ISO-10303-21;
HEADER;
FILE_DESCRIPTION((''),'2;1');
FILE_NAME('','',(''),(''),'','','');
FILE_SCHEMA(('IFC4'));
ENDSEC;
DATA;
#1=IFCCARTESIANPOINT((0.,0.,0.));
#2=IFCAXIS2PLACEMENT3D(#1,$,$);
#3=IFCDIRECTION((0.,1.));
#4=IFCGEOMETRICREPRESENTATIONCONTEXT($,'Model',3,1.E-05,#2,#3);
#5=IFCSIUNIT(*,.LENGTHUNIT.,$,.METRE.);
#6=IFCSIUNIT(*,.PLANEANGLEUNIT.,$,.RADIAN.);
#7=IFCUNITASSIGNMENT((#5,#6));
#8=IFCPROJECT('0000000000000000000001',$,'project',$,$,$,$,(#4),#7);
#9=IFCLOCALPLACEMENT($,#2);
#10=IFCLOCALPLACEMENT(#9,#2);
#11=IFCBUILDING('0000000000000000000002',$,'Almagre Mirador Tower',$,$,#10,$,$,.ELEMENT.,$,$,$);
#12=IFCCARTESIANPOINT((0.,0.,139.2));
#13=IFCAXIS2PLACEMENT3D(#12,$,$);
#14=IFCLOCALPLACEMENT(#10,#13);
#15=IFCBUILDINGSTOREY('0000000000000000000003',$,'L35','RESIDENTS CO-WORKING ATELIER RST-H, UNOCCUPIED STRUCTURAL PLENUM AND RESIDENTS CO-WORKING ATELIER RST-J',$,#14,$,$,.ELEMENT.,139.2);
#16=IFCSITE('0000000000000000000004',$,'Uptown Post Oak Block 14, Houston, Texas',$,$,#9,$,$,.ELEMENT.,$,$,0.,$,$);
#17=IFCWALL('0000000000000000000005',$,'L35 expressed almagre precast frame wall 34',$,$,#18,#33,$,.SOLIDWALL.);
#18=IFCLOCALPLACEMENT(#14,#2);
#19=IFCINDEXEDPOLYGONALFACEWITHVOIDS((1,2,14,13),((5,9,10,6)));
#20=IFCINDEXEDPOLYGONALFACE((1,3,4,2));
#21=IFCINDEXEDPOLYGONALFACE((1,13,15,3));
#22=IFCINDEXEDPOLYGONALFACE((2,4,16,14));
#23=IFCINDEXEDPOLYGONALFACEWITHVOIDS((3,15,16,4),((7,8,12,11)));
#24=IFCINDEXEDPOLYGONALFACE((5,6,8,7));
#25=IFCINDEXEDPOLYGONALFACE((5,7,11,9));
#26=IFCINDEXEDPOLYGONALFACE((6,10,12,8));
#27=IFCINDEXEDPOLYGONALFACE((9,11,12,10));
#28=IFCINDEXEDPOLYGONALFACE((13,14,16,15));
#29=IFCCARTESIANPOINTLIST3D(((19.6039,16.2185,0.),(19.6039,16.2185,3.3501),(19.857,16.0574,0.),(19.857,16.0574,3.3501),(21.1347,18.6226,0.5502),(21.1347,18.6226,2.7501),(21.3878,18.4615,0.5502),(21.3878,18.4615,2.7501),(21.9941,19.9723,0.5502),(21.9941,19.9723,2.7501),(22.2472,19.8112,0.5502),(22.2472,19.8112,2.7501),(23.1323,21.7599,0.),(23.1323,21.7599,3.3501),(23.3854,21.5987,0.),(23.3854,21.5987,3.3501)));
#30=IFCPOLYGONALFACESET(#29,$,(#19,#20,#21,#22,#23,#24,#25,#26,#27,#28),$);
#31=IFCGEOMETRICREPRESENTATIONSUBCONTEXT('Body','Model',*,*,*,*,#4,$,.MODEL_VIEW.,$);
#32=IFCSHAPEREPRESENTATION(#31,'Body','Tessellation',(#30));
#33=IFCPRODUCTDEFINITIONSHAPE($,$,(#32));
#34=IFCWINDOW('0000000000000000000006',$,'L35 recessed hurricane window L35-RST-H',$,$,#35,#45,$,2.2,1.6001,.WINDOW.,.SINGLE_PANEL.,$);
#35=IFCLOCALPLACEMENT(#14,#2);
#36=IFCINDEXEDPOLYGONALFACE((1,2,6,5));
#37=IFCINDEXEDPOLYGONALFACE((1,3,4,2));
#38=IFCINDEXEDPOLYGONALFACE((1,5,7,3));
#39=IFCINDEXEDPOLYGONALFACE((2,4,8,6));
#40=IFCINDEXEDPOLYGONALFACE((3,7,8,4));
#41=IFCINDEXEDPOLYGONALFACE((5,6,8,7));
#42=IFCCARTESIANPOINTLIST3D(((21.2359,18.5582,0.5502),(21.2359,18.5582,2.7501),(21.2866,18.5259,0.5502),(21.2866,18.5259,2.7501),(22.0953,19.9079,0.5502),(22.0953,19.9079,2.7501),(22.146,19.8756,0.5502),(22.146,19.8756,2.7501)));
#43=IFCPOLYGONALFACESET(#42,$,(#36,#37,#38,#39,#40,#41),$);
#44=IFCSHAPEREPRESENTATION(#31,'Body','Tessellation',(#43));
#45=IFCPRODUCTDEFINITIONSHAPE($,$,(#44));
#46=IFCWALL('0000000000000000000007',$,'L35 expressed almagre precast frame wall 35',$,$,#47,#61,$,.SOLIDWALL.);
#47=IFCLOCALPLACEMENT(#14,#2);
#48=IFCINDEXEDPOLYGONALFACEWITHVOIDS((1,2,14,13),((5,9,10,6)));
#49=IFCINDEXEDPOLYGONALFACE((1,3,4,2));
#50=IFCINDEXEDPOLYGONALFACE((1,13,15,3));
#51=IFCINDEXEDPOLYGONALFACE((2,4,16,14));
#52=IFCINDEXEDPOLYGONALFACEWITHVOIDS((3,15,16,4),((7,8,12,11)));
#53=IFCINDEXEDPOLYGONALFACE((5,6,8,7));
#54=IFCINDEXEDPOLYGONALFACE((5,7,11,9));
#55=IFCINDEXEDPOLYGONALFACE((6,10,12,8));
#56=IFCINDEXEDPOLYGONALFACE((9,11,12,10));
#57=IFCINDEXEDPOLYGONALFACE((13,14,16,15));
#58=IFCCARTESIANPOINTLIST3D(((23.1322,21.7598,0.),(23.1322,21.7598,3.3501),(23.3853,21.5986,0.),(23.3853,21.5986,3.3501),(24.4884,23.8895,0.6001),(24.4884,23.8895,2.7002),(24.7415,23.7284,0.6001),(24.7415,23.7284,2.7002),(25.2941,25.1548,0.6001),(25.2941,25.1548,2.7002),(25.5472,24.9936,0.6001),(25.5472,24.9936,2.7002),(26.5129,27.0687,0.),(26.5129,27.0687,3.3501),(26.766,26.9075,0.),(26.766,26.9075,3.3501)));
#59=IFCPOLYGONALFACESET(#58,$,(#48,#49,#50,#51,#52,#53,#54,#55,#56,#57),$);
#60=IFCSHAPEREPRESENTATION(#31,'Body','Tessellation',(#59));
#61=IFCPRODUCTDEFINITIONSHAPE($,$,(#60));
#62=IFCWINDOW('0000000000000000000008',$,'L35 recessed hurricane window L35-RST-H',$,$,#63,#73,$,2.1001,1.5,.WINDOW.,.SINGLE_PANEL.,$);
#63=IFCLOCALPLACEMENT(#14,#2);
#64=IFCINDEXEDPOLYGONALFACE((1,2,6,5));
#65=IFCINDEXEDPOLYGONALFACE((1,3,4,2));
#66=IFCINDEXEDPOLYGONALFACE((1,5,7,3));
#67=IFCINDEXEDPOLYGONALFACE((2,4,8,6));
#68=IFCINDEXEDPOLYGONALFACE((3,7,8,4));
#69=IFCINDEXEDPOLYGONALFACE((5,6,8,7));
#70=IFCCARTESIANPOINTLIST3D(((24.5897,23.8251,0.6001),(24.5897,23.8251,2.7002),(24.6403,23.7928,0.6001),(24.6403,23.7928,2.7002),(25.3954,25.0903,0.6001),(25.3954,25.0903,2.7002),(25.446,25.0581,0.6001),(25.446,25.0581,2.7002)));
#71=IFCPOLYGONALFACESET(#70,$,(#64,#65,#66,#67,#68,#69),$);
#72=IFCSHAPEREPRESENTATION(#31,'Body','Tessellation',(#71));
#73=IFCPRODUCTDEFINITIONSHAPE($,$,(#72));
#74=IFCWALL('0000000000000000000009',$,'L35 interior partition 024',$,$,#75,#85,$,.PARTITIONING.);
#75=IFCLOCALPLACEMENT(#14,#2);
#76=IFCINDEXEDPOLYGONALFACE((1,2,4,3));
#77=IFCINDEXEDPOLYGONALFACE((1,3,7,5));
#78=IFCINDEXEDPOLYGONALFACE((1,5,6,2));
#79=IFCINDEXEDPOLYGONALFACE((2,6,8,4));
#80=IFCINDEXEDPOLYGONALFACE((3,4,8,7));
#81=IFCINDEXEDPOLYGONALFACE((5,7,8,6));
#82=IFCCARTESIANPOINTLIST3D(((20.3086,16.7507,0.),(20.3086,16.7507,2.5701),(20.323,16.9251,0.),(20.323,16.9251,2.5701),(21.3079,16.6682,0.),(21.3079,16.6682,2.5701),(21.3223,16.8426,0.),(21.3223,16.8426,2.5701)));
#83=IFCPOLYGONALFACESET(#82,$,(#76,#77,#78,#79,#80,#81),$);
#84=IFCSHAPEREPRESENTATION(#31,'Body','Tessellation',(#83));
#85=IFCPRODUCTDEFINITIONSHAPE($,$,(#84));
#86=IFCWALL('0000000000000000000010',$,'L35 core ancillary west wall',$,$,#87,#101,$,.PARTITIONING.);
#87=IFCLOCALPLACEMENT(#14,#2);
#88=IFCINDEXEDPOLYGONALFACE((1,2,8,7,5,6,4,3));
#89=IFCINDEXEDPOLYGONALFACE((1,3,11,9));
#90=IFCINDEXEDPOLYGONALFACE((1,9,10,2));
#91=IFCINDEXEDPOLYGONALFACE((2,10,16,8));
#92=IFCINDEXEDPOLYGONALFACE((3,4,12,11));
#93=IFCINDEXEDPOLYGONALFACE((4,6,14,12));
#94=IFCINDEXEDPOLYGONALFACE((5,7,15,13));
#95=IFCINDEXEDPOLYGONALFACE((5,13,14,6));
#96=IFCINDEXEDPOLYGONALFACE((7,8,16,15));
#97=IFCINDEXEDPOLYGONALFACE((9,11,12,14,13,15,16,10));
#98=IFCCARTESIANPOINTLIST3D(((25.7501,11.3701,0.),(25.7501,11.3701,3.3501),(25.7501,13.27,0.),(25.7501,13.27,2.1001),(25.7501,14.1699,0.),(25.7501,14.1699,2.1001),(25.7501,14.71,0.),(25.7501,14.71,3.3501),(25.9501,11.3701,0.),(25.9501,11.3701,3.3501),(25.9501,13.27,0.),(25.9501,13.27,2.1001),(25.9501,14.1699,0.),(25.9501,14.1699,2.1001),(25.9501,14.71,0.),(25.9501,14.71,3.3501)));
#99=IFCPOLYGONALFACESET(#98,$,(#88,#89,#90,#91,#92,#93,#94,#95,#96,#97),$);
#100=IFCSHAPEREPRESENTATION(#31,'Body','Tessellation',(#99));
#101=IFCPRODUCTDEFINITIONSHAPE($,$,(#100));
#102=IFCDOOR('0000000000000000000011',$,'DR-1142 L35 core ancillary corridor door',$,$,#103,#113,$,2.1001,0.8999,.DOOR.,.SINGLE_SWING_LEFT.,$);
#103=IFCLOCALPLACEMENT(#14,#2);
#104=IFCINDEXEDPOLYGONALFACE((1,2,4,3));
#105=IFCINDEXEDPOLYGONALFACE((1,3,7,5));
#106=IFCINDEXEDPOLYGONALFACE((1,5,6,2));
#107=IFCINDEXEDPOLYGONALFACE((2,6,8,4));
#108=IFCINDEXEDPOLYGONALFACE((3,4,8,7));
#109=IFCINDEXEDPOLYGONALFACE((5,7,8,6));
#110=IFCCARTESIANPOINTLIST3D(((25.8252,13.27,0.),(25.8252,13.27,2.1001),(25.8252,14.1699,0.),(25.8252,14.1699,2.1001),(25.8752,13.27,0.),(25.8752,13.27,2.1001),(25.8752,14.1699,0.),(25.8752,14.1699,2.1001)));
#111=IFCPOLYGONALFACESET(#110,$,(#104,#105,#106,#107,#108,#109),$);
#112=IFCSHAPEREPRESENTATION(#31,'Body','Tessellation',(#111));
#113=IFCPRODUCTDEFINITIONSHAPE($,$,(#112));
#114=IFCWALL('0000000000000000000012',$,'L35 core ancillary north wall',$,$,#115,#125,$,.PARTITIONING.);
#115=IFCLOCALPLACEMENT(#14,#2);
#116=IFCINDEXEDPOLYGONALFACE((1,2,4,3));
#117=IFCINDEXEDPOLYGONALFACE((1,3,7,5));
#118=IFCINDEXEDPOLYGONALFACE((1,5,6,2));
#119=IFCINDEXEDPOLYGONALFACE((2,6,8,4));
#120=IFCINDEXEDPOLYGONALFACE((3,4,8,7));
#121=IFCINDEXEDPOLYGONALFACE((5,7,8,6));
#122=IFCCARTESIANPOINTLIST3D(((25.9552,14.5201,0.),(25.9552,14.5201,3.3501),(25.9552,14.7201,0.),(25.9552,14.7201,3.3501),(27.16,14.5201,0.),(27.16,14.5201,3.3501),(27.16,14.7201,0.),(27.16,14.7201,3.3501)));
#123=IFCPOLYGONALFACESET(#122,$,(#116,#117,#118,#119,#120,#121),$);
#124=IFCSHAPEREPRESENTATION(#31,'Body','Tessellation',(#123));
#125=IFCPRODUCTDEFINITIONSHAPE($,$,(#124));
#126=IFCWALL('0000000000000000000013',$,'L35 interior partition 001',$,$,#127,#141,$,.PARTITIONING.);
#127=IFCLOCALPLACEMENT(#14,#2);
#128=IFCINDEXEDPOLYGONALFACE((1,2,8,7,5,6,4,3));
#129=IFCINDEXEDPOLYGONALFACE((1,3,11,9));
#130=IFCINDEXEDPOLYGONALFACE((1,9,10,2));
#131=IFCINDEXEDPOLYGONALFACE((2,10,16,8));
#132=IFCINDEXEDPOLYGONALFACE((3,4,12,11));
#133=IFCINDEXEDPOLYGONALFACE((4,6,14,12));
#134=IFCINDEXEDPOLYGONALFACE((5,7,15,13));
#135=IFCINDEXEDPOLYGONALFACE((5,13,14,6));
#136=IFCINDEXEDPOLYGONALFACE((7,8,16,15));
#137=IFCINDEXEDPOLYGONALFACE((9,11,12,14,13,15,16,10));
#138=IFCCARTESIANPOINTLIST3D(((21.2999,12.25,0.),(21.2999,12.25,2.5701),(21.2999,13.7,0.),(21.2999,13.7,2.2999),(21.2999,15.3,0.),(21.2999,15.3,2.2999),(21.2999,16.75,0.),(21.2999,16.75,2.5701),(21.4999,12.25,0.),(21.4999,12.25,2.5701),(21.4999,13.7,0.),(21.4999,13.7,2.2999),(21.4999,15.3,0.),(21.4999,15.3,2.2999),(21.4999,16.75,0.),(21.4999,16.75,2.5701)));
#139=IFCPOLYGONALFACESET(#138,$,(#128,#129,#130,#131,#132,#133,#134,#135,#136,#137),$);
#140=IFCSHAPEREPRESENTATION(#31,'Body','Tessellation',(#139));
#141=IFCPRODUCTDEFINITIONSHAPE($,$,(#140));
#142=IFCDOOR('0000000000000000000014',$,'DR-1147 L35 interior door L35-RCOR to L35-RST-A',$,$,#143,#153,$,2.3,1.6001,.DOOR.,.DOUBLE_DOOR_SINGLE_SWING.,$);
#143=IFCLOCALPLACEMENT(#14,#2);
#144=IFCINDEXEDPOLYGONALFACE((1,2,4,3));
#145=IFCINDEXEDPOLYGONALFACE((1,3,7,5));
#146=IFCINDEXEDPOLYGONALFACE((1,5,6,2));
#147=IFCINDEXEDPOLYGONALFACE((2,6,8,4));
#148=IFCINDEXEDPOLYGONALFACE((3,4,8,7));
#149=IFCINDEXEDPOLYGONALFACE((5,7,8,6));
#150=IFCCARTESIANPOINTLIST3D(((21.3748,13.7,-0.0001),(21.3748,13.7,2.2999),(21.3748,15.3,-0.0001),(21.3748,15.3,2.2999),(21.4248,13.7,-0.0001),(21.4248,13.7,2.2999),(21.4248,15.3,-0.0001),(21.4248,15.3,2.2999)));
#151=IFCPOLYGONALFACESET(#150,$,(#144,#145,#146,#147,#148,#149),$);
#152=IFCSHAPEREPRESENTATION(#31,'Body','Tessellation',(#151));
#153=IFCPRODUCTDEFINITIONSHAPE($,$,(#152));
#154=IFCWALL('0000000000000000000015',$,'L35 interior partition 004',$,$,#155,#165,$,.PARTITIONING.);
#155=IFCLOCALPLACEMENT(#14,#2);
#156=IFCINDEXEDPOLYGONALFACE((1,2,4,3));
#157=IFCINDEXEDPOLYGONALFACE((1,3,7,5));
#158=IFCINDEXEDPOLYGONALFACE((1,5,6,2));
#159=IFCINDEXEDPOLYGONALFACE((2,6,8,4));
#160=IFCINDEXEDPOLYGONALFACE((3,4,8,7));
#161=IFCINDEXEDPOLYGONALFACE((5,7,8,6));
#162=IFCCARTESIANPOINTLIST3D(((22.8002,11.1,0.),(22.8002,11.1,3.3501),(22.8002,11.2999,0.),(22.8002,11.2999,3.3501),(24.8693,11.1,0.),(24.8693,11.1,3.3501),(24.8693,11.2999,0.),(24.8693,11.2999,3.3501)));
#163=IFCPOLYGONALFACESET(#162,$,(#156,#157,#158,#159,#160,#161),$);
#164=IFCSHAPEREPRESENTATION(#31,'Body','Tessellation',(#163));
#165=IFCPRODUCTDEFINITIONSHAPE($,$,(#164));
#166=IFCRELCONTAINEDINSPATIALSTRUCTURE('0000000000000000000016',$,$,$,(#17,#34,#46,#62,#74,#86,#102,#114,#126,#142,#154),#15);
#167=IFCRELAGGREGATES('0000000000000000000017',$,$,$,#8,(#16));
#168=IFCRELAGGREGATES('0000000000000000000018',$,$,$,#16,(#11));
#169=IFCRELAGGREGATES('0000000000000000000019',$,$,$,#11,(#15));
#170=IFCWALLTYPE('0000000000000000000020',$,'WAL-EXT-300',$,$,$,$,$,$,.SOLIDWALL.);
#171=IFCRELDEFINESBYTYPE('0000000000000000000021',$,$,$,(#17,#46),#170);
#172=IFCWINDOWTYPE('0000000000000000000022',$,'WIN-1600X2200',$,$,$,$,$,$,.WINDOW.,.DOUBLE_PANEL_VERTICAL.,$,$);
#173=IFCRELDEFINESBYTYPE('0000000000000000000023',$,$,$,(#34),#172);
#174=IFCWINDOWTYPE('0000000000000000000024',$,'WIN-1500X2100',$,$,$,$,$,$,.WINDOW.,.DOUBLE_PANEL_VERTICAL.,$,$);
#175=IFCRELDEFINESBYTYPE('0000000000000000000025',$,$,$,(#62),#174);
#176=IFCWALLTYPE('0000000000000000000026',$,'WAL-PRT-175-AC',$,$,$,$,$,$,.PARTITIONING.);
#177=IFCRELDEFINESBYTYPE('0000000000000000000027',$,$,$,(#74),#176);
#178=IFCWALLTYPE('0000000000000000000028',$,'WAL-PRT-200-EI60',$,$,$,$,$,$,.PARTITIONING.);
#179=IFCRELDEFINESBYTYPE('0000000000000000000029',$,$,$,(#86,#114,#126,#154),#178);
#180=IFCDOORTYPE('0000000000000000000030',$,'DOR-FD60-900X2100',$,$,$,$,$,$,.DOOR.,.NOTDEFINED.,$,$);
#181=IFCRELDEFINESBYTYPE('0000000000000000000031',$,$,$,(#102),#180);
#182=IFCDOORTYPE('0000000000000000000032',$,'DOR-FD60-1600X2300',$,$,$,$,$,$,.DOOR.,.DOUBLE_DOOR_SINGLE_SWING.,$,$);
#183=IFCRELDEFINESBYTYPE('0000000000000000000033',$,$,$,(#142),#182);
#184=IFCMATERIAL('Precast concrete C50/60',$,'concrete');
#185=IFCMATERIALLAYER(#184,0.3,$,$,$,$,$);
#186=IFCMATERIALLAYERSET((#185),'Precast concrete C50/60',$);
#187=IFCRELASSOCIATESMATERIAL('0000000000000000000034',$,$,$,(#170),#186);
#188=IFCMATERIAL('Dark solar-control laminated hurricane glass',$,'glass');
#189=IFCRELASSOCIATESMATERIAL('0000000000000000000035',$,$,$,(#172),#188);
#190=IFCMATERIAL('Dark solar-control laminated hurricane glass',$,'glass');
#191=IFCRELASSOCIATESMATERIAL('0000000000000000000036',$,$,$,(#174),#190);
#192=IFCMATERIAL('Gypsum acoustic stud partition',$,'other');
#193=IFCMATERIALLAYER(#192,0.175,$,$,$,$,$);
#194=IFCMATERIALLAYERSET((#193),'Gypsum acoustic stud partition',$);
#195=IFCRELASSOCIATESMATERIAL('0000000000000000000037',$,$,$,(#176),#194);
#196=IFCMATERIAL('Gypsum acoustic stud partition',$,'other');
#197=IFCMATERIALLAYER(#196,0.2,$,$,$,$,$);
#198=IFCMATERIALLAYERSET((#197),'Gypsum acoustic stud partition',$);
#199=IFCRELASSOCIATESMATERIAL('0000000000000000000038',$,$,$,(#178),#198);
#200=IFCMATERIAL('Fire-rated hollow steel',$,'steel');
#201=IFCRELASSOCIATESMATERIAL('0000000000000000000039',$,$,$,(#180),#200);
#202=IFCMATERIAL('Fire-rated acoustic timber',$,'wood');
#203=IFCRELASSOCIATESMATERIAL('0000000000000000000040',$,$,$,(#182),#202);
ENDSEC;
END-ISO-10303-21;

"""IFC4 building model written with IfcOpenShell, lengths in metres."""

from ifc_helpers import new_model, si_unit, direction, frame, frame_2d, origin, place, context, subcontext, project, spatial, rectangle, extrude, material, layer, layer_set, type_object, element, fill, save


model = new_model("IFC4")

# Units and contexts
model_context = context("Model", 3, precision=1e-05, world=origin(), true_north=direction((0.0, 1.0)))
body_context = subcontext(model_context, "Body", "Model", "MODEL_VIEW")
ifc_project = project(units=[si_unit("LENGTHUNIT", "METRE"), si_unit("PLANEANGLEUNIT", "RADIAN")], contexts=[model_context])

# Site, building, storey
site_placement = place(None, origin())
site = spatial("IfcSite", under=ifc_project, at=site_placement, Name="Uptown Post Oak Block 14, Houston, Texas", CompositionType="ELEMENT", RefElevation=0.0)
building_placement = place(site_placement, origin())
building = spatial("IfcBuilding", under=site, at=building_placement, Name="Almagre Mirador Tower", CompositionType="ELEMENT")
storey_placement = place(building_placement, frame((0.0, 0.0, 139.2)))
storey = spatial("IfcBuildingStorey", under=building, at=storey_placement, Name="L35", Description="RESIDENTS CO-WORKING ATELIER RST-H, UNOCCUPIED STRUCTURAL PLENUM AND RESIDENTS CO-WORKING ATELIER RST-J", CompositionType="ELEMENT", Elevation=139.2)

# Walls, openings, windows
ifc_material_1 = material(Name="Precast concrete C50/60", Category="concrete")
ifc_layer_1 = layer(ifc_material_1, 0.3)
ifc_layer_set_1 = layer_set([ifc_layer_1], Name="Precast concrete C50/60")
wall_type_1 = type_object("IfcWallType", Name="WAL-EXT-300", PredefinedType="SOLIDWALL", material=ifc_layer_set_1)
wall_1_placement = place(storey_placement, frame((19.7305, 16.1379, 0.0), z_axis=(0.0, 0.0, 1.0), x_axis=(0.537099, 0.843519, 0.0)))
wall_1 = element("IfcWall", 1, at=wall_1_placement, inside=storey, type_object=wall_type_1, Name="L35 expressed almagre precast frame wall 34", PredefinedType="SOLIDWALL", context=body_context, shape_type="SweptSolid", body=[
    extrude(rectangle(XDim=6.5693, YDim=0.3, at=frame_2d((3.2847, 0.0))), origin(), (0.0, 0.0, 1.0), 3.3501),
])
opening_1_placement = place(wall_1_placement, frame((2.8501, 0.0, 0.55)))
opening_1 = element("IfcOpeningElement", 2, at=opening_1_placement, cuts=wall_1, PredefinedType="OPENING", context=body_context, shape_type="SweptSolid", body=[
    extrude(rectangle(XDim=1.6001, YDim=2.2, at=frame_2d((0.8, 1.1001))), frame((0.0, 0.1599, 0.0), z_axis=(0.0, -1.0, 0.0), x_axis=(1.0, 0.0, 0.0)), (0.0, 0.0, 1.0), 0.32),
])
ifc_material_2 = material(Name="Dark solar-control laminated hurricane glass", Category="glass")
window_type_1 = type_object("IfcWindowType", Name="WIN-1600X2200", PartitioningType="DOUBLE_PANEL_VERTICAL", PredefinedType="WINDOW", material=ifc_material_2)
window_1_placement = place(opening_1_placement, origin())
window_1 = element("IfcWindow", 3, at=window_1_placement, inside=storey, type_object=window_type_1, Name="L35 recessed hurricane window L35-RST-H", OverallHeight=2.2, OverallWidth=1.6001, PartitioningType="SINGLE_PANEL", PredefinedType="WINDOW", context=body_context, shape_type="SweptSolid", body=[
    extrude(rectangle(XDim=1.6001, YDim=2.2, at=frame_2d((0.8, 1.1001))), frame((0.0, 0.03, 0.0), z_axis=(0.0, -1.0, 0.0), x_axis=(1.0, 0.0, 0.0)), (0.0, 0.0, 1.0), 0.0601),
])
fill(opening_1, window_1)
wall_2_placement = place(storey_placement, frame((23.2588, 21.6792, 0.0), z_axis=(0.0, 0.0, 1.0), x_axis=(0.537131, 0.843499, 0.0)))
wall_2 = element("IfcWall", 4, at=wall_2_placement, inside=storey, type_object=wall_type_1, Name="L35 expressed almagre precast frame wall 35", PredefinedType="SOLIDWALL", context=body_context, shape_type="SweptSolid", body=[
    extrude(rectangle(XDim=6.2939, YDim=0.3, at=frame_2d((3.147, 0.0))), origin(), (0.0, 0.0, 1.0), 3.3501),
])
opening_2_placement = place(wall_2_placement, frame((2.5249, 0.0, 0.6001)))
opening_2 = element("IfcOpeningElement", 5, at=opening_2_placement, cuts=wall_2, PredefinedType="OPENING", context=body_context, shape_type="SweptSolid", body=[
    extrude(rectangle(XDim=1.5, YDim=2.1001, at=frame_2d((0.75, 1.05))), frame((0.0, 0.1599, 0.0), z_axis=(0.0, -1.0, 0.0), x_axis=(1.0, 0.0, 0.0)), (0.0, 0.0, 1.0), 0.32),
])
ifc_material_3 = material(Name="Dark solar-control laminated hurricane glass", Category="glass")
window_type_2 = type_object("IfcWindowType", Name="WIN-1500X2100", PartitioningType="DOUBLE_PANEL_VERTICAL", PredefinedType="WINDOW", material=ifc_material_3)
window_2_placement = place(opening_2_placement, origin())
window_2 = element("IfcWindow", 6, at=window_2_placement, inside=storey, type_object=window_type_2, Name="L35 recessed hurricane window L35-RST-H", OverallHeight=2.1001, OverallWidth=1.5, PartitioningType="SINGLE_PANEL", PredefinedType="WINDOW", context=body_context, shape_type="SweptSolid", body=[
    extrude(rectangle(XDim=1.5, YDim=2.1001, at=frame_2d((0.75, 1.05))), frame((0.0, 0.03, 0.0), z_axis=(0.0, -1.0, 0.0), x_axis=(1.0, 0.0, 0.0)), (0.0, 0.0, 1.0), 0.0601),
])
fill(opening_2, window_2)

# Wall
ifc_material_4 = material(Name="Gypsum acoustic stud partition", Category="other")
ifc_layer_2 = layer(ifc_material_4, 0.175)
ifc_layer_set_2 = layer_set([ifc_layer_2], Name="Gypsum acoustic stud partition")
wall_type_2 = type_object("IfcWallType", Name="WAL-PRT-175-AC", PredefinedType="PARTITIONING", material=ifc_layer_set_2)
wall_3_placement = place(storey_placement, frame((21.3152, 16.7554, 0.0), z_axis=(0.0, 0.0, 1.0), x_axis=(-0.996608, 0.0823, 0.0)))
element("IfcWall", 7, at=wall_3_placement, inside=storey, type_object=wall_type_2, Name="L35 interior partition 024", PredefinedType="PARTITIONING", context=body_context, shape_type="SweptSolid", body=[
    extrude(rectangle(XDim=1.0027, YDim=0.175, at=frame_2d((0.5015, 0.0))), origin(), (0.0, 0.0, 1.0), 2.5701),
])

# Wall, opening, door
ifc_material_5 = material(Name="Gypsum acoustic stud partition", Category="other")
ifc_layer_3 = layer(ifc_material_5, 0.2)
ifc_layer_set_3 = layer_set([ifc_layer_3], Name="Gypsum acoustic stud partition")
wall_type_3 = type_object("IfcWallType", Name="WAL-PRT-200-EI60", PredefinedType="PARTITIONING", material=ifc_layer_set_3)
wall_4_placement = place(storey_placement, frame((25.8501, 11.3701, 0.0), z_axis=(0.0, 0.0, 1.0), x_axis=(0.0, 1.0, 0.0)))
wall_4 = element("IfcWall", 8, at=wall_4_placement, inside=storey, type_object=wall_type_3, Name="L35 core ancillary west wall", PredefinedType="PARTITIONING", context=body_context, shape_type="SweptSolid", body=[
    extrude(rectangle(XDim=3.3398, YDim=0.2, at=frame_2d((1.6699, 0.0))), origin(), (0.0, 0.0, 1.0), 3.3501),
])
opening_3_placement = place(wall_4_placement, frame((1.8999, 0.0, 0.0)))
opening_3 = element("IfcOpeningElement", 9, at=opening_3_placement, cuts=wall_4, PredefinedType="OPENING", context=body_context, shape_type="SweptSolid", body=[
    extrude(rectangle(XDim=0.8999, YDim=2.1001, at=frame_2d((0.45, 1.05))), frame((0.0, 0.1101, 0.0), z_axis=(0.0, -1.0, 0.0), x_axis=(1.0, 0.0, 0.0)), (0.0, 0.0, 1.0), 0.22),
])
ifc_material_6 = material(Name="Fire-rated hollow steel", Category="steel")
door_type_1 = type_object("IfcDoorType", Name="DOR-FD60-900X2100", OperationType="NOTDEFINED", PredefinedType="DOOR", material=ifc_material_6)
door_1_placement = place(opening_3_placement, origin())
door_1 = element("IfcDoor", 10, at=door_1_placement, inside=storey, type_object=door_type_1, Name="DR-1142 L35 core ancillary corridor door", OperationType="SINGLE_SWING_LEFT", OverallHeight=2.1001, OverallWidth=0.8999, PredefinedType="DOOR", context=body_context, shape_type="SweptSolid", body=[
    extrude(rectangle(XDim=0.8999, YDim=2.1001, at=frame_2d((0.45, 1.05))), frame((0.0, 0.0249, 0.0), z_axis=(0.0, -1.0, 0.0), x_axis=(1.0, 0.0, 0.0)), (0.0, 0.0, 1.0), 0.05),
])
fill(opening_3, door_1)

# Wall
wall_5_placement = place(storey_placement, frame((25.9551, 14.6201, 0.0), z_axis=(0.0, 0.0, 1.0), x_axis=(1.0, 0.0, 0.0)))
element("IfcWall", 11, at=wall_5_placement, inside=storey, type_object=wall_type_3, Name="L35 core ancillary north wall", PredefinedType="PARTITIONING", context=body_context, shape_type="SweptSolid", body=[
    extrude(rectangle(XDim=1.2048, YDim=0.2, at=frame_2d((0.6025, 0.0))), origin(), (0.0, 0.0, 1.0), 3.3501),
])

# Wall, opening, door
wall_6_placement = place(storey_placement, frame((21.3999, 16.75, 0.0), z_axis=(0.0, 0.0, 1.0), x_axis=(0.0, -1.0, 0.0)))
wall_6 = element("IfcWall", 12, at=wall_6_placement, inside=storey, type_object=wall_type_3, Name="L35 interior partition 001", PredefinedType="PARTITIONING", context=body_context, shape_type="SweptSolid", body=[
    extrude(rectangle(XDim=4.5, YDim=0.2, at=frame_2d((2.25, 0.0))), origin(), (0.0, 0.0, 1.0), 2.5701),
])
opening_4_placement = place(wall_6_placement, frame((1.45, 0.0, 0.0)))
opening_4 = element("IfcOpeningElement", 13, at=opening_4_placement, cuts=wall_6, PredefinedType="OPENING", context=body_context, shape_type="SweptSolid", body=[
    extrude(rectangle(XDim=1.6001, YDim=2.3, at=frame_2d((0.8, 1.1499))), frame((0.0, 0.1101, 0.0), z_axis=(0.0, -1.0, 0.0), x_axis=(1.0, 0.0, 0.0)), (0.0, 0.0, 1.0), 0.22),
])
ifc_material_7 = material(Name="Fire-rated acoustic timber", Category="wood")
door_type_2 = type_object("IfcDoorType", Name="DOR-FD60-1600X2300", OperationType="DOUBLE_DOOR_SINGLE_SWING", PredefinedType="DOOR", material=ifc_material_7)
door_2_placement = place(opening_4_placement, origin())
door_2 = element("IfcDoor", 14, at=door_2_placement, inside=storey, type_object=door_type_2, Name="DR-1147 L35 interior door L35-RCOR to L35-RST-A", OperationType="DOUBLE_DOOR_SINGLE_SWING", OverallHeight=2.3, OverallWidth=1.6001, PredefinedType="DOOR", context=body_context, shape_type="SweptSolid", body=[
    extrude(rectangle(XDim=1.6001, YDim=2.3, at=frame_2d((0.8, 1.1499))), frame((0.0, 0.0249, 0.0), z_axis=(0.0, -1.0, 0.0), x_axis=(1.0, 0.0, 0.0)), (0.0, 0.0, 1.0), 0.05),
])
fill(opening_4, door_2)

# Wall
wall_7_placement = place(storey_placement, frame((22.8, 11.2, 0.0), z_axis=(0.0, 0.0, 1.0), x_axis=(1.0, 0.0, 0.0)))
element("IfcWall", 15, at=wall_7_placement, inside=storey, type_object=wall_type_3, Name="L35 interior partition 004", PredefinedType="PARTITIONING", context=body_context, shape_type="SweptSolid", body=[
    extrude(rectangle(XDim=2.0691, YDim=0.2, at=frame_2d((1.0347, 0.0))), origin(), (0.0, 0.0, 1.0), 3.3501),
])

save(model, "model.ifc")
